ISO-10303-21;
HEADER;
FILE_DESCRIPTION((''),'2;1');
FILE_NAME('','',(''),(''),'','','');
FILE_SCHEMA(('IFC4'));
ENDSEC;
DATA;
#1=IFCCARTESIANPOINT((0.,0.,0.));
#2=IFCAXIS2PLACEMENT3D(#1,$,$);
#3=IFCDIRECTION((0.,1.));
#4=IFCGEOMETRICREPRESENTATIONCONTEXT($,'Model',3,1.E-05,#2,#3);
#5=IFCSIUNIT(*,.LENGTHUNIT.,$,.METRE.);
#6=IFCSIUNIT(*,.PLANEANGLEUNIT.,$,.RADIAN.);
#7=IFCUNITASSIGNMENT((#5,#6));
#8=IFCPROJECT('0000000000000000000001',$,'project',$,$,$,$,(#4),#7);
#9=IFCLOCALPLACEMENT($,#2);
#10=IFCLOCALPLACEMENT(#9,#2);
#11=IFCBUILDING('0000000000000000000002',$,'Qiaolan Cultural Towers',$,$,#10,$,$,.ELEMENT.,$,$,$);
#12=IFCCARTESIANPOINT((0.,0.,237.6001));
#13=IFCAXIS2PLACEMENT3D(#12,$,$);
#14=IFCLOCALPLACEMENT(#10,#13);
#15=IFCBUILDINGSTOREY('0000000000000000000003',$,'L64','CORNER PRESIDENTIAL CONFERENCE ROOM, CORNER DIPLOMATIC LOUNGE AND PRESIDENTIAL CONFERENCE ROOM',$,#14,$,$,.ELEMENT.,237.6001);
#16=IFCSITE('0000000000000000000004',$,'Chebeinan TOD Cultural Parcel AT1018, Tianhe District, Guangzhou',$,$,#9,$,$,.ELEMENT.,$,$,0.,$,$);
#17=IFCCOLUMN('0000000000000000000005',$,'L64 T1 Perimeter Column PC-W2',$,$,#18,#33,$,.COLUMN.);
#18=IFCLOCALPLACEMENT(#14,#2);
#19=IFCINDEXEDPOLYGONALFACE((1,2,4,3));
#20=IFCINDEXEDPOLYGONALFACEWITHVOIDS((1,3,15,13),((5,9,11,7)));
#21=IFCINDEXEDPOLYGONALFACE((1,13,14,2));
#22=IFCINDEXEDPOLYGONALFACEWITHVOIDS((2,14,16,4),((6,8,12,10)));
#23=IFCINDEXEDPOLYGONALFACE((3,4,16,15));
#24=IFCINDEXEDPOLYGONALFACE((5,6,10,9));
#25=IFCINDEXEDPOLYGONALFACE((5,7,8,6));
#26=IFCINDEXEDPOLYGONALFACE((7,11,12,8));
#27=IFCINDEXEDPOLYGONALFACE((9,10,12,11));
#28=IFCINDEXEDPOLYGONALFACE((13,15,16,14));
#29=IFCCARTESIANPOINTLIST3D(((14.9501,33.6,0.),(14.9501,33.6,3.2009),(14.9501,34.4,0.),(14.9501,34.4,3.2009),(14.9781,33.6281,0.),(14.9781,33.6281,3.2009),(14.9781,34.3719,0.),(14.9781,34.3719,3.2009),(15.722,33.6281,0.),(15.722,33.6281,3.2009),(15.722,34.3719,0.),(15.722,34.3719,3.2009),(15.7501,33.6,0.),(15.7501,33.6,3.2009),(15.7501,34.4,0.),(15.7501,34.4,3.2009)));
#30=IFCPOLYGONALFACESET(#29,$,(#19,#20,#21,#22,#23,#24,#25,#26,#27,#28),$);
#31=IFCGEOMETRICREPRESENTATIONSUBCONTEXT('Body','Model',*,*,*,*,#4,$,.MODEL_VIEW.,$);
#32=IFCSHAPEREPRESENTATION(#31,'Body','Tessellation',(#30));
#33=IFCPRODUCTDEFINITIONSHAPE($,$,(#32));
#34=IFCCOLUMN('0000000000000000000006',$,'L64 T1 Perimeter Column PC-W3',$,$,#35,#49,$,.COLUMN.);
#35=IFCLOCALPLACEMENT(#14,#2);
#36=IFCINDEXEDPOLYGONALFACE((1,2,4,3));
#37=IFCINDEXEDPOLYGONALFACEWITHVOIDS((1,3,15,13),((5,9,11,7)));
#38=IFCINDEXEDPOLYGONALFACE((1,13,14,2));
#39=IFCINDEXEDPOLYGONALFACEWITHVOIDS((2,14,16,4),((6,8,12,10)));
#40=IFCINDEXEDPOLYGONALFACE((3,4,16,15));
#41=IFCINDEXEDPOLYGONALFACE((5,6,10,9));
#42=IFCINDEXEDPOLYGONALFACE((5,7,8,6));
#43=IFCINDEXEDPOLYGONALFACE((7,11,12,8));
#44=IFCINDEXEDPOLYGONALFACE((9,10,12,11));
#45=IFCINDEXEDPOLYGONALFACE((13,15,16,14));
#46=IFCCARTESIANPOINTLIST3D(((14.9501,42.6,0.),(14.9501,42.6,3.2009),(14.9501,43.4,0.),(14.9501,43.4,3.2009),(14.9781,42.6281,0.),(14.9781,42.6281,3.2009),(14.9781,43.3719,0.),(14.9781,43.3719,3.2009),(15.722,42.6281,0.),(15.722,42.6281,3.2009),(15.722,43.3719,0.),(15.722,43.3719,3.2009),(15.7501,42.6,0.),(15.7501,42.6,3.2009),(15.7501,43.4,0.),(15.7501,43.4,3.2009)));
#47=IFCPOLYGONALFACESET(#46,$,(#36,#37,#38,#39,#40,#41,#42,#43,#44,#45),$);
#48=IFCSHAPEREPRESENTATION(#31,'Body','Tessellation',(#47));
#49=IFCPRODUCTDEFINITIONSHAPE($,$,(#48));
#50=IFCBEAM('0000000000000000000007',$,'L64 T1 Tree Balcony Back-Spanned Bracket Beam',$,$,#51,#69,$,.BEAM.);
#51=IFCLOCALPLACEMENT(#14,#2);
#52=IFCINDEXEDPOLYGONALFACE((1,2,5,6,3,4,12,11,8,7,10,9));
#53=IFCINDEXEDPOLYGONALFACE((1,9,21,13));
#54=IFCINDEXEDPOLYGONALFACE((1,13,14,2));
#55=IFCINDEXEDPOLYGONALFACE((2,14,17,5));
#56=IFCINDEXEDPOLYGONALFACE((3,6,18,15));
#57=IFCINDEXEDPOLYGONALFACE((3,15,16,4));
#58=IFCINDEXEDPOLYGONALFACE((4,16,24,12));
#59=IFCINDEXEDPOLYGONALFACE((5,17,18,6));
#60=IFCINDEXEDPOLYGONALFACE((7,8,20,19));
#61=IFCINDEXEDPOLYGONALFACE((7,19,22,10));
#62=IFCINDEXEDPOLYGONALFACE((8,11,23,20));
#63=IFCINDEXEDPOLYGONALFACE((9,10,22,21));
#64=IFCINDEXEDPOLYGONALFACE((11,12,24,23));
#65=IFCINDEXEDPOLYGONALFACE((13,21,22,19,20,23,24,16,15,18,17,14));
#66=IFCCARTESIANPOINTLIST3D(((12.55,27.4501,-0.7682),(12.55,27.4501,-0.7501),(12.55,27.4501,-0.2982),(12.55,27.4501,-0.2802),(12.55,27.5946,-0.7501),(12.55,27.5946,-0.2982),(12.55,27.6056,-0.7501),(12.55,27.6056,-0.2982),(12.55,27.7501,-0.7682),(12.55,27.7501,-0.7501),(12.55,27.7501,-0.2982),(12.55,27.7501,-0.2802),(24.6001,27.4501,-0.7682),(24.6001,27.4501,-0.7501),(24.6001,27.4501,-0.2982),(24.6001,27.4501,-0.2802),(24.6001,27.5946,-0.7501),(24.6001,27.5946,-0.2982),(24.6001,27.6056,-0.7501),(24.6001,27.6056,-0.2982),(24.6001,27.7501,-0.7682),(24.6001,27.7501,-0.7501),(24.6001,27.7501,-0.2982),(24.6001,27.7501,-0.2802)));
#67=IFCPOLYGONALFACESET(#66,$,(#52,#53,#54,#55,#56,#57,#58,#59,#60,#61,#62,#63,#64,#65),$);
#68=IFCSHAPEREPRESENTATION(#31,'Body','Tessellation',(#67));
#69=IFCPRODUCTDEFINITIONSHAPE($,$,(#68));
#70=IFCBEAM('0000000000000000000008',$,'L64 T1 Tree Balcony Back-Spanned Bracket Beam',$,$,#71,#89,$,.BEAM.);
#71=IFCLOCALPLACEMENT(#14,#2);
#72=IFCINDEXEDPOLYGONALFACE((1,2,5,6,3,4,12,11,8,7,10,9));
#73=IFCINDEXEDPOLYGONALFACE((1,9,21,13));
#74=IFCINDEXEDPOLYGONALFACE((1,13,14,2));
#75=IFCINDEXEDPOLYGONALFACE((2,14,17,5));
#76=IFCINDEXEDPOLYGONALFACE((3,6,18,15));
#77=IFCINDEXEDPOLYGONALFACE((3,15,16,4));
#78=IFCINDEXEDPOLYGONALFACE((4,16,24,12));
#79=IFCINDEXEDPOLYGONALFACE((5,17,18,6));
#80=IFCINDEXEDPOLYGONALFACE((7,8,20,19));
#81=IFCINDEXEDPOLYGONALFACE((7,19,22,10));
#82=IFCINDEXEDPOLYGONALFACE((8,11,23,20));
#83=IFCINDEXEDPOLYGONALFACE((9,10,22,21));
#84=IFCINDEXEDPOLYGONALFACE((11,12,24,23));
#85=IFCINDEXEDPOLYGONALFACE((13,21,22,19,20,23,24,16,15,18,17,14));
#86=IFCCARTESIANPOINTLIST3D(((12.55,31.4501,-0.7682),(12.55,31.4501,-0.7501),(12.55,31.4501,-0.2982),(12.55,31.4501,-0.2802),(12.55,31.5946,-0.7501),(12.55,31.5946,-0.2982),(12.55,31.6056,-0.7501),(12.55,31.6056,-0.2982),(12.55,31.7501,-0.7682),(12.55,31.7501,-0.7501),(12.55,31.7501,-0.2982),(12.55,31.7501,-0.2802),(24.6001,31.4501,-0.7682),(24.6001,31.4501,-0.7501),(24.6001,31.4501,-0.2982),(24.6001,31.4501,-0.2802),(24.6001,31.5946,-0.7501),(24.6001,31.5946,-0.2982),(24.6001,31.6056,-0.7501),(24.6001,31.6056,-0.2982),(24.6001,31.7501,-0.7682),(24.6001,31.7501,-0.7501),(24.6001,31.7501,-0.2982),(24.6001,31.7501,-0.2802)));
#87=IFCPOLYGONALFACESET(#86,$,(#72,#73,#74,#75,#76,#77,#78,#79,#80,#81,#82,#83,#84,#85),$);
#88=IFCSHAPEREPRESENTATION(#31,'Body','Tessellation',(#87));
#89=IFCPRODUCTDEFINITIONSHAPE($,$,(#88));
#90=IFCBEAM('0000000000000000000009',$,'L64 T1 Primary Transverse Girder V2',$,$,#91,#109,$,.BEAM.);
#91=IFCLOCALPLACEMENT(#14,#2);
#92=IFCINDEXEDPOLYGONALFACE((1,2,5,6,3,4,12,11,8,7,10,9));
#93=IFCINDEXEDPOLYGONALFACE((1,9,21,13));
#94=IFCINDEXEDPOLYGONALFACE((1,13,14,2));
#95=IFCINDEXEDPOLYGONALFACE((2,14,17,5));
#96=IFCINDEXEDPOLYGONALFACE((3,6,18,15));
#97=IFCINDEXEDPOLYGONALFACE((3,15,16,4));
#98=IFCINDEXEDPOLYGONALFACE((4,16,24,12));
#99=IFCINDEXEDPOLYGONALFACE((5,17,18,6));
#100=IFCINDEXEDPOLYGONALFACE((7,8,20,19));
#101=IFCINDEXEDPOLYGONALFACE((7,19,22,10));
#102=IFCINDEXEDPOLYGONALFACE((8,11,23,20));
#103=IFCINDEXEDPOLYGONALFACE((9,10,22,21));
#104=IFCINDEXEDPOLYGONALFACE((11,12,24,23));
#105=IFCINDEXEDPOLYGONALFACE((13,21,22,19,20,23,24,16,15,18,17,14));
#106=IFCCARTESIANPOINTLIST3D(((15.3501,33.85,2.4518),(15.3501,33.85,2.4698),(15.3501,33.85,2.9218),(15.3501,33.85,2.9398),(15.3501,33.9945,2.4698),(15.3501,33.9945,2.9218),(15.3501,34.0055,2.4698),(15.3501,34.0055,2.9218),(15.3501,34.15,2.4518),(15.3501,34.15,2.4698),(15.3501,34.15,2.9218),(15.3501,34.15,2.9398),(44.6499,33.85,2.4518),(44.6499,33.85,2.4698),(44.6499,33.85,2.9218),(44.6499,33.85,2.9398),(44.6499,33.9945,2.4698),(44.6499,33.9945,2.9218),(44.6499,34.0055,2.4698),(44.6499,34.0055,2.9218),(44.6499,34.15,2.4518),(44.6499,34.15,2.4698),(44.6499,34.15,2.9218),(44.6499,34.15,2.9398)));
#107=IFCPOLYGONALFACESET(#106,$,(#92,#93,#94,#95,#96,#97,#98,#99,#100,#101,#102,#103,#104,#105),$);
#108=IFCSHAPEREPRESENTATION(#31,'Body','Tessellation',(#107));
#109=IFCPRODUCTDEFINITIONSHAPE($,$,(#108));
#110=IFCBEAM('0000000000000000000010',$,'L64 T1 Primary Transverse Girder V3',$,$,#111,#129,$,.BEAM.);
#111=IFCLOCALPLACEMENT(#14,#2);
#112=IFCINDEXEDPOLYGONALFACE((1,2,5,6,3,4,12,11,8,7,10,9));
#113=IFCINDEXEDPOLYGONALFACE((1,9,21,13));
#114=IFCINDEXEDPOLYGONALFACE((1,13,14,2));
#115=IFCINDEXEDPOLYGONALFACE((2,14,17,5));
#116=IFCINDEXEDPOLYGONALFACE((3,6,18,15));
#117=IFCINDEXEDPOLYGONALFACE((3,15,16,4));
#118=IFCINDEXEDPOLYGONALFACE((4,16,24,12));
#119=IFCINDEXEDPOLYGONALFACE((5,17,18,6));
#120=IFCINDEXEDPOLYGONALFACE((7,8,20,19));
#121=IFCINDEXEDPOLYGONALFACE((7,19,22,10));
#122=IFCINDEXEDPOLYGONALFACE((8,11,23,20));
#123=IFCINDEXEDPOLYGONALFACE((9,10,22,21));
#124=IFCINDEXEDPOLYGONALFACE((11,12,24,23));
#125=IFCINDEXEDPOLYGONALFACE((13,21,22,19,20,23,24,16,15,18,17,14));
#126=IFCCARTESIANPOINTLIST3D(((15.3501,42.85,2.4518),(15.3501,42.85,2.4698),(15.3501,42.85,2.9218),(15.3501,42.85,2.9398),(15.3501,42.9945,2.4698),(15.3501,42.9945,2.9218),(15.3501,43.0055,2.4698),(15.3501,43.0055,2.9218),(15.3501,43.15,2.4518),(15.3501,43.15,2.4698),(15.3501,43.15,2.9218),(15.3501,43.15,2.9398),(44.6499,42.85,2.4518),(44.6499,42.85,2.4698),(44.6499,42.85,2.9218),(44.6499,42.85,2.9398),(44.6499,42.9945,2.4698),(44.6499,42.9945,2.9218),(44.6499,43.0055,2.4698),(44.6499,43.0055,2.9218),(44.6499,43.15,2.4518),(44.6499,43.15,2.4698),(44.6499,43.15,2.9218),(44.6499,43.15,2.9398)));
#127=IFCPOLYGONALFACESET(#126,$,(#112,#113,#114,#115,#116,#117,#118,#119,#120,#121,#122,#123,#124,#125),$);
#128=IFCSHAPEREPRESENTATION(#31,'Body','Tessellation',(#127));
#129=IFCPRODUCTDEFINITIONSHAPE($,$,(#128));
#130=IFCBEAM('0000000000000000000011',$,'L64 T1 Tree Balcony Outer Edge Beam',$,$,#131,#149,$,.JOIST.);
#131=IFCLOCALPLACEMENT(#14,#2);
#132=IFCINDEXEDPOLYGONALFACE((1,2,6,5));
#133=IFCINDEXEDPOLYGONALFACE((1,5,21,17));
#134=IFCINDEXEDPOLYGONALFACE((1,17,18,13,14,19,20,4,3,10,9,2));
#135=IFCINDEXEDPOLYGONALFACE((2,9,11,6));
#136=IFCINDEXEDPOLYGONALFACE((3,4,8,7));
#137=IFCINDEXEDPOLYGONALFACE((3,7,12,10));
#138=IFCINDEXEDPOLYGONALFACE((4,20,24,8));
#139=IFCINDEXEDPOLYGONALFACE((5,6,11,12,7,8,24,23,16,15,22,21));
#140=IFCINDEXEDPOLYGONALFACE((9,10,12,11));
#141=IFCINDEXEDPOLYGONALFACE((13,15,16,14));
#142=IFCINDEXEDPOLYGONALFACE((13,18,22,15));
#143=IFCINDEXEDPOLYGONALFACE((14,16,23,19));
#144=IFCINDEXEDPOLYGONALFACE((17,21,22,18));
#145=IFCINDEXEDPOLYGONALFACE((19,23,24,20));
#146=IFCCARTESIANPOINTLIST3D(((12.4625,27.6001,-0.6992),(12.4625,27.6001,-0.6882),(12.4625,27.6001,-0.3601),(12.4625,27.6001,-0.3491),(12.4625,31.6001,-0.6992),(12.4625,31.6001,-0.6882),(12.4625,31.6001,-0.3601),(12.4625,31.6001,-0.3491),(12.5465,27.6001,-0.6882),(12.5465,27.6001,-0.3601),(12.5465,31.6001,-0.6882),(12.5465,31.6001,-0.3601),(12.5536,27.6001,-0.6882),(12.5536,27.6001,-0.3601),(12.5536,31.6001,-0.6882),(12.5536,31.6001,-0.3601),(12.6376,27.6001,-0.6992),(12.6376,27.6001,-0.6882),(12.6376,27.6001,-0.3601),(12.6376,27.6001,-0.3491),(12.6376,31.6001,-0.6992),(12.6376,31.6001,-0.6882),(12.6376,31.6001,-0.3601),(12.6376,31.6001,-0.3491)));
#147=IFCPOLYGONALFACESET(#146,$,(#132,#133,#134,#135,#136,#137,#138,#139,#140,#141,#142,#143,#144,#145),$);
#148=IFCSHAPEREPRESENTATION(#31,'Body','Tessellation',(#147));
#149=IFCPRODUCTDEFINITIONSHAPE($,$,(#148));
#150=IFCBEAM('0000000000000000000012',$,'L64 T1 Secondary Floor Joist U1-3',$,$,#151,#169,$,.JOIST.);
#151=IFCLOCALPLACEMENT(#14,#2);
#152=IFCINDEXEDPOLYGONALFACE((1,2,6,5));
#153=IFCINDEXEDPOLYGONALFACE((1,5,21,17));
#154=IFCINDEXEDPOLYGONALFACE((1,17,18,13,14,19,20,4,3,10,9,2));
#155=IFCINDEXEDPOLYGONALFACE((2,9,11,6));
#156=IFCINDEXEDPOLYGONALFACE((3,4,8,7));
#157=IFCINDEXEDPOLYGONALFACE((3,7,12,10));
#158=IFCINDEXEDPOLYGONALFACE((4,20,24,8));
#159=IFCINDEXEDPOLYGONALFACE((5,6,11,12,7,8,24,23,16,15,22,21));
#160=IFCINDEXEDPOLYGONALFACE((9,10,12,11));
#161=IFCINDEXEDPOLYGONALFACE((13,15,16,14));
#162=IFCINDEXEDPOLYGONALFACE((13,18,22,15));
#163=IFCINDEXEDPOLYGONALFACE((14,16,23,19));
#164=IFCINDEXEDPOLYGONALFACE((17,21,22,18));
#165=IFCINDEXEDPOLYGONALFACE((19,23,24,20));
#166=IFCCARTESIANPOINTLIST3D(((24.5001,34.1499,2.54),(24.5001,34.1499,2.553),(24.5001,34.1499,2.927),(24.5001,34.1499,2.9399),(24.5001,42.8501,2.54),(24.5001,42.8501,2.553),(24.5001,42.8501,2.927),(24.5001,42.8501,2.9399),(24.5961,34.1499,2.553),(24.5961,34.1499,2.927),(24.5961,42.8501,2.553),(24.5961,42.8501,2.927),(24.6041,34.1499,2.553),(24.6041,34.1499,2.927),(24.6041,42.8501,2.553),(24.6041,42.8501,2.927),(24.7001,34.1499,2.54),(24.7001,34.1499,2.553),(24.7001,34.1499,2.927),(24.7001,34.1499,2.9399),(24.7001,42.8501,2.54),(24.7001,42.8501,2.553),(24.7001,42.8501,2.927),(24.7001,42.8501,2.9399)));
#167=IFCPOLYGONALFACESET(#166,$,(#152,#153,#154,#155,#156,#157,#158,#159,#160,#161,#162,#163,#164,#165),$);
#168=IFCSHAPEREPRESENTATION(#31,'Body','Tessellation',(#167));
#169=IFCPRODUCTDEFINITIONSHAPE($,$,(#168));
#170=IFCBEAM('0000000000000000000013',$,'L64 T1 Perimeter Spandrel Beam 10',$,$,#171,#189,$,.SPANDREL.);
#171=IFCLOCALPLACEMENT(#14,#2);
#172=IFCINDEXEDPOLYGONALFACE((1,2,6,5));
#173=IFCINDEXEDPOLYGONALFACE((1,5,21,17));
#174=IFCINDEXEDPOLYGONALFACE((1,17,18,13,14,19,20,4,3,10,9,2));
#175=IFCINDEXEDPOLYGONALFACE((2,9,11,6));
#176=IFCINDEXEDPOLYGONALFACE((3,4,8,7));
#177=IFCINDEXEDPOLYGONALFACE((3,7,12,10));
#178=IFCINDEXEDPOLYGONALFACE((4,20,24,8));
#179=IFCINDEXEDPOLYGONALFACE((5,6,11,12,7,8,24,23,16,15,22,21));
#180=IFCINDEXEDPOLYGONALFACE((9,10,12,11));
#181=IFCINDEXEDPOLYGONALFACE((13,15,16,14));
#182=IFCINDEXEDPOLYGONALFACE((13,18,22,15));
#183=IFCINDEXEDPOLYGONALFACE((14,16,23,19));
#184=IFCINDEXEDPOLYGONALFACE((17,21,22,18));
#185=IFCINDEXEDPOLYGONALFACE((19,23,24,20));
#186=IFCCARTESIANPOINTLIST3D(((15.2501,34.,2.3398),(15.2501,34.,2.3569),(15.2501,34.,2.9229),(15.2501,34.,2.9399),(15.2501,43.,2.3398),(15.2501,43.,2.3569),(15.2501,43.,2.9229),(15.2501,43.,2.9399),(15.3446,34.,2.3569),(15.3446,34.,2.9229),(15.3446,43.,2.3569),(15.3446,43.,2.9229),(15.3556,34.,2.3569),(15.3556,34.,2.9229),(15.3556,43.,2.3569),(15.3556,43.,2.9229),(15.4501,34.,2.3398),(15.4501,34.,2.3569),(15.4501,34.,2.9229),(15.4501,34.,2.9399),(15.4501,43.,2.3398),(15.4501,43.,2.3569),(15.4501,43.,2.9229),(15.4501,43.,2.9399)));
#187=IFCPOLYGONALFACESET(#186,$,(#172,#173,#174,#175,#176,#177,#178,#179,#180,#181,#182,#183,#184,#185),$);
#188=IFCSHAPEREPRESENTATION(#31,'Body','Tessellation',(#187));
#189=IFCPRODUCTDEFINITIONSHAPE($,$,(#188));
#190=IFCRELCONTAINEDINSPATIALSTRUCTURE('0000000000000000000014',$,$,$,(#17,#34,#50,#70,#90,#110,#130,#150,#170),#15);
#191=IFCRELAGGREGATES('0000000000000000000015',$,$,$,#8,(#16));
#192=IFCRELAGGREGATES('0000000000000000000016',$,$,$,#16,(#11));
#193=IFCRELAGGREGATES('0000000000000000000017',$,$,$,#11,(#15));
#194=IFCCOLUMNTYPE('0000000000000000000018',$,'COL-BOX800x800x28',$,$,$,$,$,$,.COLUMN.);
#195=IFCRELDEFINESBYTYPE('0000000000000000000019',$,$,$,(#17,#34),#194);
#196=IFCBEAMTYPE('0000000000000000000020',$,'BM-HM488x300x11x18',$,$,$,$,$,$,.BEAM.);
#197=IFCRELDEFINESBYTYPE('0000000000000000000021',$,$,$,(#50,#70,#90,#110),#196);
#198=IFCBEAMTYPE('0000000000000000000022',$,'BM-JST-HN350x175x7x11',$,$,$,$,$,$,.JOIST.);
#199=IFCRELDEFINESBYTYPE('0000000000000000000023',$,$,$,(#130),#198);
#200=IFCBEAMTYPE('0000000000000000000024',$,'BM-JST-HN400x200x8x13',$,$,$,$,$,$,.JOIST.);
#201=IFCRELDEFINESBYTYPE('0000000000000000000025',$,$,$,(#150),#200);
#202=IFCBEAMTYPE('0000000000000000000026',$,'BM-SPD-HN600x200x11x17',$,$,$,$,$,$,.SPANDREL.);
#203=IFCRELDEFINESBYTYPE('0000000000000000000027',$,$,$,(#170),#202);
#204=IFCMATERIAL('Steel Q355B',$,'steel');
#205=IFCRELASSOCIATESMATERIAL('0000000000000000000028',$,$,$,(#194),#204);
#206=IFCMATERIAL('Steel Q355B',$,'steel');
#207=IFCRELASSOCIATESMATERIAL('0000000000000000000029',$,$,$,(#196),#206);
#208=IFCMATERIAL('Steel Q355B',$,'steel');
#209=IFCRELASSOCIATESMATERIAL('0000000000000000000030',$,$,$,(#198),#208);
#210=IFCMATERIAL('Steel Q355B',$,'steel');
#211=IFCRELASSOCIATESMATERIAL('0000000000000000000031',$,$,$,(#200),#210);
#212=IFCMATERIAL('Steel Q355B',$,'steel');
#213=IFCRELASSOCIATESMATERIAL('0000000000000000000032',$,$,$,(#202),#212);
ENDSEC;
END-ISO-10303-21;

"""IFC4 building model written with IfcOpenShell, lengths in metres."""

from ifc_helpers import new_model, si_unit, direction, frame, origin, origin_2d, place, context, subcontext, project, spatial, hollow_rectangle, i_section, extrude, material, material_profile, profile_set, type_object, element, save


model = new_model("IFC4")

# Units and contexts
model_context = context("Model", 3, precision=1e-05, world=origin(), true_north=direction((0.0, 1.0)))
body_context = subcontext(model_context, "Body", "Model", "MODEL_VIEW")
ifc_project = project(units=[si_unit("LENGTHUNIT", "METRE"), si_unit("PLANEANGLEUNIT", "RADIAN")], contexts=[model_context])

# Site, building, storey
site_placement = place(None, origin())
site = spatial("IfcSite", under=ifc_project, at=site_placement, Name="Chebeinan TOD Cultural Parcel AT1018, Tianhe District, Guangzhou", CompositionType="ELEMENT", RefElevation=0.0)
building_placement = place(site_placement, origin())
building = spatial("IfcBuilding", under=site, at=building_placement, Name="Qiaolan Cultural Towers", CompositionType="ELEMENT")
storey_placement = place(building_placement, frame((0.0, 0.0, 237.6001)))
storey = spatial("IfcBuildingStorey", under=building, at=storey_placement, Name="L64", Description="CORNER PRESIDENTIAL CONFERENCE ROOM, CORNER DIPLOMATIC LOUNGE AND PRESIDENTIAL CONFERENCE ROOM", CompositionType="ELEMENT", Elevation=237.6001)

# Columns
ifc_material_1 = material(Name="Steel Q355B", Category="steel")
ifc_material_profile_1 = material_profile(ifc_material_1, hollow_rectangle(XDim=0.8, YDim=0.8, WallThickness=0.0281, at=origin_2d()), Name="BOX800x800x28")
ifc_profile_set_1 = profile_set([ifc_material_profile_1], Name="Steel Q355B")
column_type = type_object("IfcColumnType", Name="COL-BOX800x800x28", PredefinedType="COLUMN", material=ifc_profile_set_1)
for number, where, z_axis, x_axis, name in (
    (1, (15.3501, 34.0, 0.0), (0.0, 0.0, 1.0), (1.0, 0.0, 0.0), "L64 T1 Perimeter Column PC-W2"),
    (2, (15.3501, 43.0, 0.0), (0.0, 0.0, 1.0), (1.0, 0.0, 0.0), "L64 T1 Perimeter Column PC-W3"),
):
    element("IfcColumn", number, at=place(storey_placement, frame(where, z_axis=z_axis, x_axis=x_axis)), inside=storey, type_object=column_type, Name=name, PredefinedType="COLUMN", context=body_context, shape_type="SweptSolid", body=[
        extrude(hollow_rectangle(XDim=0.8, YDim=0.8, WallThickness=0.0281, at=origin_2d()), origin(), (0.0, 0.0, 1.0), 3.2009),
    ])

# Beams
ifc_material_2 = material(Name="Steel Q355B", Category="steel")
ifc_material_profile_2 = material_profile(ifc_material_2, i_section(OverallWidth=0.3, OverallDepth=0.488, WebThickness=0.011, FlangeThickness=0.0181, at=origin_2d()), Name="HM488x300x11x18")
ifc_profile_set_2 = profile_set([ifc_material_profile_2], Name="Steel Q355B")
beam_type_1 = type_object("IfcBeamType", Name="BM-HM488x300x11x18", PredefinedType="BEAM", material=ifc_profile_set_2)
for number, where, z_axis, x_axis, name in (
    (3, (24.6001, 27.6001, -0.5242), (-1.0, 0.0, 0.0), (0.0, -1.0, 0.0), "L64 T1 Tree Balcony Back-Spanned Bracket Beam"),
    (4, (24.6001, 31.6001, -0.5242), (-1.0, 0.0, 0.0), (0.0, -1.0, 0.0), "L64 T1 Tree Balcony Back-Spanned Bracket Beam"),
):
    element("IfcBeam", number, at=place(storey_placement, frame(where, z_axis=z_axis, x_axis=x_axis)), inside=storey, type_object=beam_type_1, Name=name, PredefinedType="BEAM", context=body_context, shape_type="SweptSolid", body=[
        extrude(i_section(OverallWidth=0.3, OverallDepth=0.488, WebThickness=0.011, FlangeThickness=0.0181, at=origin_2d()), origin(), (0.0, 0.0, 1.0), 12.05),
    ])
for number, where, z_axis, x_axis, name in (
    (5, (15.3501, 34.0, 2.6958), (1.0, 0.0, 0.0), (0.0, 1.0, 0.0), "L64 T1 Primary Transverse Girder V2"),
    (6, (15.3501, 43.0, 2.6958), (1.0, 0.0, 0.0), (0.0, 1.0, 0.0), "L64 T1 Primary Transverse Girder V3"),
):
    element("IfcBeam", number, at=place(storey_placement, frame(where, z_axis=z_axis, x_axis=x_axis)), inside=storey, type_object=beam_type_1, Name=name, PredefinedType="BEAM", context=body_context, shape_type="SweptSolid", body=[
        extrude(i_section(OverallWidth=0.3, OverallDepth=0.488, WebThickness=0.011, FlangeThickness=0.0181, at=origin_2d()), origin(), (0.0, 0.0, 1.0), 29.2998),
    ])
ifc_material_3 = material(Name="Steel Q355B", Category="steel")
ifc_material_profile_3 = material_profile(ifc_material_3, i_section(OverallWidth=0.175, OverallDepth=0.3501, WebThickness=0.0071, FlangeThickness=0.011, at=origin_2d()), Name="HN350x175x7x11")
ifc_profile_set_3 = profile_set([ifc_material_profile_3], Name="Steel Q355B")
beam_type_2 = type_object("IfcBeamType", Name="BM-JST-HN350x175x7x11", PredefinedType="JOIST", material=ifc_profile_set_3)
beam_1_placement = place(storey_placement, frame((12.55, 27.6001, -0.5242), z_axis=(0.0, 1.0, 0.0), x_axis=(-1.0, 0.0, 0.0)))
element("IfcBeam", 7, at=beam_1_placement, inside=storey, type_object=beam_type_2, Name="L64 T1 Tree Balcony Outer Edge Beam", PredefinedType="JOIST", context=body_context, shape_type="SweptSolid", body=[
    extrude(i_section(OverallWidth=0.175, OverallDepth=0.3501, WebThickness=0.0071, FlangeThickness=0.011, at=origin_2d()), origin(), (0.0, 0.0, 1.0), 4.0),
])
ifc_material_4 = material(Name="Steel Q355B", Category="steel")
ifc_material_profile_4 = material_profile(ifc_material_4, i_section(OverallWidth=0.2, OverallDepth=0.3999, WebThickness=0.0081, FlangeThickness=0.0129, at=origin_2d()), Name="HN400x200x8x13")
ifc_profile_set_4 = profile_set([ifc_material_profile_4], Name="Steel Q355B")
beam_type_3 = type_object("IfcBeamType", Name="BM-JST-HN400x200x8x13", PredefinedType="JOIST", material=ifc_profile_set_4)
beam_2_placement = place(storey_placement, frame((24.6001, 34.1499, 2.74), z_axis=(0.0, 1.0, 0.0), x_axis=(-1.0, 0.0, 0.0)))
element("IfcBeam", 8, at=beam_2_placement, inside=storey, type_object=beam_type_3, Name="L64 T1 Secondary Floor Joist U1-3", PredefinedType="JOIST", context=body_context, shape_type="SweptSolid", body=[
    extrude(i_section(OverallWidth=0.2, OverallDepth=0.3999, WebThickness=0.0081, FlangeThickness=0.0129, at=origin_2d()), origin(), (0.0, 0.0, 1.0), 8.7002),
])
ifc_material_5 = material(Name="Steel Q355B", Category="steel")
ifc_material_profile_5 = material_profile(ifc_material_5, i_section(OverallWidth=0.2, OverallDepth=0.6001, WebThickness=0.011, FlangeThickness=0.0171, at=origin_2d()), Name="HN600x200x11x17")
ifc_profile_set_5 = profile_set([ifc_material_profile_5], Name="Steel Q355B")
beam_type_4 = type_object("IfcBeamType", Name="BM-SPD-HN600x200x11x17", PredefinedType="SPANDREL", material=ifc_profile_set_5)
for number, where, z_axis, x_axis, name in (
    (9, (15.3501, 43.0, 2.6399), (0.0, -1.0, 0.0), (1.0, 0.0, 0.0), "L64 T1 Perimeter Spandrel Beam 10"),
):
    element("IfcBeam", number, at=place(storey_placement, frame(where, z_axis=z_axis, x_axis=x_axis)), inside=storey, type_object=beam_type_4, Name=name, PredefinedType="SPANDREL", context=body_context, shape_type="SweptSolid", body=[
        extrude(i_section(OverallWidth=0.2, OverallDepth=0.6001, WebThickness=0.011, FlangeThickness=0.0171, at=origin_2d()), origin(), (0.0, 0.0, 1.0), 9.0),
    ])

save(model, "model.ifc")
